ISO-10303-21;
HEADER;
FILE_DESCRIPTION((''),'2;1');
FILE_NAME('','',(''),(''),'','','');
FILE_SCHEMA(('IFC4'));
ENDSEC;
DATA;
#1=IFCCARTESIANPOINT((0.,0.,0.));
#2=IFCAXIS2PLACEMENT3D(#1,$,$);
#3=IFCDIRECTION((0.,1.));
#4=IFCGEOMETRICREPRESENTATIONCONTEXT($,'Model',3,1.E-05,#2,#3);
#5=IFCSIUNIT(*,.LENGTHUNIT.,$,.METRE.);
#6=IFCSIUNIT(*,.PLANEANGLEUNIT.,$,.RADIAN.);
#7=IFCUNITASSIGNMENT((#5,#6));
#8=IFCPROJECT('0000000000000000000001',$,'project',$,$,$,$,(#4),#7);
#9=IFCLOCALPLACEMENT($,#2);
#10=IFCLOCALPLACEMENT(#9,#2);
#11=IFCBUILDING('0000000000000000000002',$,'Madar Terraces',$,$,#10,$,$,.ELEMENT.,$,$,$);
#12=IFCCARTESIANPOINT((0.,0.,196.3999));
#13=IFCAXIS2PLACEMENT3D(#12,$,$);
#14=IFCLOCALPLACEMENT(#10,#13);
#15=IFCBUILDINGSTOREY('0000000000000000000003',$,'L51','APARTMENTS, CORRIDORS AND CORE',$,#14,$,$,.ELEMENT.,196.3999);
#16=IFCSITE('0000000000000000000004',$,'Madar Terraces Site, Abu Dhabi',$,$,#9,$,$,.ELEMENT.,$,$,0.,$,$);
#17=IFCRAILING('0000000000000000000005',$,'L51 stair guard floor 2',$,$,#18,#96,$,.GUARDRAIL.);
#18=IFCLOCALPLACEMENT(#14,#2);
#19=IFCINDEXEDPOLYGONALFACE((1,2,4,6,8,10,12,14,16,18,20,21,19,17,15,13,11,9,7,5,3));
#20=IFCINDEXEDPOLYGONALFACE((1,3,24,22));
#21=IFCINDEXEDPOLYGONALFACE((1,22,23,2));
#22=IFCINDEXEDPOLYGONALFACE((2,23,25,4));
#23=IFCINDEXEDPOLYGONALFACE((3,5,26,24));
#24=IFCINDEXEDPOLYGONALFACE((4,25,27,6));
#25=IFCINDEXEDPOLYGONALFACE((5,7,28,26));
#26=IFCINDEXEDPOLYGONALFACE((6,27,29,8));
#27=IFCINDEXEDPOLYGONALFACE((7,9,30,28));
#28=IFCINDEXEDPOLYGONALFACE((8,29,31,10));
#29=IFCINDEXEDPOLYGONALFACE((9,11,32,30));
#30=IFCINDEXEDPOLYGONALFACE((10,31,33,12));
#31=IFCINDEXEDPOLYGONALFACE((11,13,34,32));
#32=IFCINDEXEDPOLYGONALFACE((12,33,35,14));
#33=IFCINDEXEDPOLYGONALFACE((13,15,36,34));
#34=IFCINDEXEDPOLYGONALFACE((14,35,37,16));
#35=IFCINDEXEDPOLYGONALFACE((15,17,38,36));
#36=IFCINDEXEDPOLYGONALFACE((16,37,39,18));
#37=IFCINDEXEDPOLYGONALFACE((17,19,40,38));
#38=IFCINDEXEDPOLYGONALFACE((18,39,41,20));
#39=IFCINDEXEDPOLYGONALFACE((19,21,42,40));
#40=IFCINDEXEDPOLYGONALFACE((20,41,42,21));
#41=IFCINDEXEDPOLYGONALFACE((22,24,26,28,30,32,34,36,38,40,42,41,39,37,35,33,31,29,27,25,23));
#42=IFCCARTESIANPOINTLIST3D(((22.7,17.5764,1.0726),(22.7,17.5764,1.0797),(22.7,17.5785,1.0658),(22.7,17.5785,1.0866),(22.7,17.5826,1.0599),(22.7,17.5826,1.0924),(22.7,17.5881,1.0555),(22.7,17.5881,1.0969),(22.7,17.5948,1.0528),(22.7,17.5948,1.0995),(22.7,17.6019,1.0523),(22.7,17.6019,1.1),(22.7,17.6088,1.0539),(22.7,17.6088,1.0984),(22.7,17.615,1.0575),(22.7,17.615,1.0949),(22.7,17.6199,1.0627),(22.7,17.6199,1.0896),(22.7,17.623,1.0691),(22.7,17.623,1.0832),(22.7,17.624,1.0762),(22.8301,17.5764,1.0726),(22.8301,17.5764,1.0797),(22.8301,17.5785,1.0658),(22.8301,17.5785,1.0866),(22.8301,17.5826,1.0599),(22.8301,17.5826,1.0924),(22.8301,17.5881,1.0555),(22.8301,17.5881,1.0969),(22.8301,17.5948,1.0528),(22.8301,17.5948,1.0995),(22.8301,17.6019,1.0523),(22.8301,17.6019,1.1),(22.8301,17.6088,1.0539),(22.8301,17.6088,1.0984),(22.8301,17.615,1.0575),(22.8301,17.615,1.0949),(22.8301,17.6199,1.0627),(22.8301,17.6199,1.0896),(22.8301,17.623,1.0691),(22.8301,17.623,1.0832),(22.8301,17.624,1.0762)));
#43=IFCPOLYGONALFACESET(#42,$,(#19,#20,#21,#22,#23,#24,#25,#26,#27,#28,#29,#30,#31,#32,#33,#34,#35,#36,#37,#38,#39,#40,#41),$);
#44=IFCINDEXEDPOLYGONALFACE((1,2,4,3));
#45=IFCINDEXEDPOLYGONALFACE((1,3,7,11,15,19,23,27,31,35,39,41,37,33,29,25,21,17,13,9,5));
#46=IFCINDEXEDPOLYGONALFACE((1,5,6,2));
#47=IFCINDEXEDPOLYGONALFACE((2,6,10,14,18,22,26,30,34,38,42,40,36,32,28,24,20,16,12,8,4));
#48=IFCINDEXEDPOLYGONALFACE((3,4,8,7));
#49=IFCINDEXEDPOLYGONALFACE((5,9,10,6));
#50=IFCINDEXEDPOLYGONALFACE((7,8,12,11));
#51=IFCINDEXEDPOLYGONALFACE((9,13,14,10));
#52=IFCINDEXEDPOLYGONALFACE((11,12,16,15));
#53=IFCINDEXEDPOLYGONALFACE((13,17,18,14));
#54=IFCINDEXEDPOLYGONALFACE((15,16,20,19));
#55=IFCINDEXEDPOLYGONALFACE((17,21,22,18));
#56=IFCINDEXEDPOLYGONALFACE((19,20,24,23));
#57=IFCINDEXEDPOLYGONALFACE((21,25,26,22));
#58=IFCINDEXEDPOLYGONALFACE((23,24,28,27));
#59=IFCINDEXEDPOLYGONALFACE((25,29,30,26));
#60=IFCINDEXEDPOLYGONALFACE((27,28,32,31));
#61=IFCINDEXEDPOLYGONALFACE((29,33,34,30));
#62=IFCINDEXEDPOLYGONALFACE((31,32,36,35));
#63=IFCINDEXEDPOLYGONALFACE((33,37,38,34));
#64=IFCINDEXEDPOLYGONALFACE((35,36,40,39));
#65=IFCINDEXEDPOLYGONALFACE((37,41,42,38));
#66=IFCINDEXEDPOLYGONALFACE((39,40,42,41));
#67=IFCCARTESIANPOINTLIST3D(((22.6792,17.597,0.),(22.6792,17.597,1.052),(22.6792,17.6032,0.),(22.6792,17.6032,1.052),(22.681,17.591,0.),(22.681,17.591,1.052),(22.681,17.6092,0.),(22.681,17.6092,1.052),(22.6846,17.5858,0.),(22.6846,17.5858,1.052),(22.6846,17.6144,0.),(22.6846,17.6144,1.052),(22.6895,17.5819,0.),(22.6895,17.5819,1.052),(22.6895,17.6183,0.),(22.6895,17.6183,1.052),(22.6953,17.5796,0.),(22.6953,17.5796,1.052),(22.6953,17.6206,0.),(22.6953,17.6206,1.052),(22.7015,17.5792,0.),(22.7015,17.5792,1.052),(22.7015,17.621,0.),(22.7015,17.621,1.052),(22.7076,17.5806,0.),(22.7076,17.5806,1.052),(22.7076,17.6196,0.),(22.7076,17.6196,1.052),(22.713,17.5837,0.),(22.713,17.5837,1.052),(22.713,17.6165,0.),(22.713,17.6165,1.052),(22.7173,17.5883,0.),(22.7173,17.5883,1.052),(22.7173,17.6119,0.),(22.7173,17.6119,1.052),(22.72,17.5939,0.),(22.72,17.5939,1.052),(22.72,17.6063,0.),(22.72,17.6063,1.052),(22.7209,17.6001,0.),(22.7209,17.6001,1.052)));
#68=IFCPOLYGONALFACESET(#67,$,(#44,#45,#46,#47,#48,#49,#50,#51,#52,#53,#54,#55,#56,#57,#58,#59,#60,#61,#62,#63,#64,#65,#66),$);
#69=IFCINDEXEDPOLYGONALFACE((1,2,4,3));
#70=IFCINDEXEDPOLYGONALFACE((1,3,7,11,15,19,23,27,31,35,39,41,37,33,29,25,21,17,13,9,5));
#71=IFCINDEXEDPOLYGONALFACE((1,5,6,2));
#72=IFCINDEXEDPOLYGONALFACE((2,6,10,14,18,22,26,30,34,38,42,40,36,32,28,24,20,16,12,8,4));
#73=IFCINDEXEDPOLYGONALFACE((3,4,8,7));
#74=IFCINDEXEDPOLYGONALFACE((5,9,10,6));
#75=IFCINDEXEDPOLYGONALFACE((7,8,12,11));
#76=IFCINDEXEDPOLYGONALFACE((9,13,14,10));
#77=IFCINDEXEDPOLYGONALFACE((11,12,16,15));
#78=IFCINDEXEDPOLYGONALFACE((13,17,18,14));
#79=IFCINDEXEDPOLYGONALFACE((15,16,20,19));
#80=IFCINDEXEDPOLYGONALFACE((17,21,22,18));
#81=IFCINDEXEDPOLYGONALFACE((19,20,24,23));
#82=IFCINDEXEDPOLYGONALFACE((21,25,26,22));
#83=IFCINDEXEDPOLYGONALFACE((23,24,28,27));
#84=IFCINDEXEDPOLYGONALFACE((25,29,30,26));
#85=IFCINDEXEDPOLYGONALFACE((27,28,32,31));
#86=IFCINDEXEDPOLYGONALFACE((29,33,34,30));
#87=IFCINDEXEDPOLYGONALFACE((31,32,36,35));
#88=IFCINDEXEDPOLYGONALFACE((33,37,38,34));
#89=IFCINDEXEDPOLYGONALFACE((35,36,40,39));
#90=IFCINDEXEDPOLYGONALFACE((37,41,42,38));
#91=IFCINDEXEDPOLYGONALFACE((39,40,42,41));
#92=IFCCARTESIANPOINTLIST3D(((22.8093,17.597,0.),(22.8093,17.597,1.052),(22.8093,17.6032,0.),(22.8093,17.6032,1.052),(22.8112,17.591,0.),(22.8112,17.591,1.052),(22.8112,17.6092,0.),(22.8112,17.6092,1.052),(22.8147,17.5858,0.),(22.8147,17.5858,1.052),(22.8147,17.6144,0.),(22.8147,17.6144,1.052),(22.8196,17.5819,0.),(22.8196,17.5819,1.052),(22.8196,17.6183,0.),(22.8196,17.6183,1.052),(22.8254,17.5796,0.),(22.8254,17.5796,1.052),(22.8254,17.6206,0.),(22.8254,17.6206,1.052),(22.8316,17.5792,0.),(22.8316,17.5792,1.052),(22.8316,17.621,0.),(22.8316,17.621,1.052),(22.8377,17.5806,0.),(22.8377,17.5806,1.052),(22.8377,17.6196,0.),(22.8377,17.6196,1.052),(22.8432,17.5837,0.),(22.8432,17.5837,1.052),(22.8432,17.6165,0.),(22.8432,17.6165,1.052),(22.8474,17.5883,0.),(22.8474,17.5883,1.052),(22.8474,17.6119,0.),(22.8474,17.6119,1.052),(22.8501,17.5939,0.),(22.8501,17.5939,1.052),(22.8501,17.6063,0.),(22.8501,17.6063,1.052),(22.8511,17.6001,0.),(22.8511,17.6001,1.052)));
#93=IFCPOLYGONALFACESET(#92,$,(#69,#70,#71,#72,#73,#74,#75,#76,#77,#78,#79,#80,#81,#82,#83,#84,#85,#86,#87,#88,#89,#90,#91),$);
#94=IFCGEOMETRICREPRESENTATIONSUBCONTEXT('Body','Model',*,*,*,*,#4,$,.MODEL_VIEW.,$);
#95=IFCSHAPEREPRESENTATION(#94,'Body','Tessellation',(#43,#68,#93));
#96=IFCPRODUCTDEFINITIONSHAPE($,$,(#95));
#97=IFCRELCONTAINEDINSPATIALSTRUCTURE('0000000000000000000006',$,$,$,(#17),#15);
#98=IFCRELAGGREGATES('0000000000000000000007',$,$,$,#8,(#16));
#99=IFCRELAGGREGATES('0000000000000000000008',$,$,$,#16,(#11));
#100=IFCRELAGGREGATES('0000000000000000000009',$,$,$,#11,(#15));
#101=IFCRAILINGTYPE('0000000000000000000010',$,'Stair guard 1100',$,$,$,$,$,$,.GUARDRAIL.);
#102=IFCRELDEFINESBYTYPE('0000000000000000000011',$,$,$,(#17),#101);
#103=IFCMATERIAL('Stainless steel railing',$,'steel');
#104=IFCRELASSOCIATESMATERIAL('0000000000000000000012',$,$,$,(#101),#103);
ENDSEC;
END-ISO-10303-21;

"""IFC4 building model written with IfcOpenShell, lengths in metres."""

from ifc_helpers import new_model, si_unit, direction, frame, origin, origin_2d, place, context, subcontext, project, spatial, circle, extrude, material, type_object, element, save


model = new_model("IFC4")

# Units and contexts
model_context = context("Model", 3, precision=1e-05, world=origin(), true_north=direction((0.0, 1.0)))
body_context = subcontext(model_context, "Body", "Model", "MODEL_VIEW")
ifc_project = project(units=[si_unit("LENGTHUNIT", "METRE"), si_unit("PLANEANGLEUNIT", "RADIAN")], contexts=[model_context])

# Site, building, storey
site_placement = place(None, origin())
site = spatial("IfcSite", under=ifc_project, at=site_placement, Name="Madar Terraces Site, Abu Dhabi", CompositionType="ELEMENT", RefElevation=0.0)
building_placement = place(site_placement, origin())
building = spatial("IfcBuilding", under=site, at=building_placement, Name="Madar Terraces", CompositionType="ELEMENT")
storey_placement = place(building_placement, frame((0.0, 0.0, 196.3999)))
storey = spatial("IfcBuildingStorey", under=building, at=storey_placement, Name="L51", Description="APARTMENTS, CORRIDORS AND CORE", CompositionType="ELEMENT", Elevation=196.3999)

# Railing
ifc_material_1 = material(Name="Stainless steel railing", Category="steel")
railing_type_1 = type_object("IfcRailingType", Name="Stair guard 1100", PredefinedType="GUARDRAIL", material=ifc_material_1)
railing_1_placement = place(storey_placement, frame((22.7, 17.6001, 0.0)))
element("IfcRailing", 1, at=railing_1_placement, inside=storey, type_object=railing_type_1, Name="L51 stair guard floor 2", PredefinedType="GUARDRAIL", context=body_context, shape_type="SweptSolid", body=[
    extrude(circle(Radius=0.0239, at=origin_2d()), frame((0.0, 0.0, 1.0762), z_axis=(1.0, 0.0, 0.0), x_axis=(0.0, 1.0, 0.0)), (0.0, 0.0, 1.0), 0.1301),
    extrude(circle(Radius=0.021, at=origin_2d()), origin(), (0.0, 0.0, 1.0), 1.052),
    extrude(circle(Radius=0.021, at=origin_2d()), frame((0.1301, 0.0, 0.0)), (0.0, 0.0, 1.0), 1.052),
])

save(model, "model.ifc")
